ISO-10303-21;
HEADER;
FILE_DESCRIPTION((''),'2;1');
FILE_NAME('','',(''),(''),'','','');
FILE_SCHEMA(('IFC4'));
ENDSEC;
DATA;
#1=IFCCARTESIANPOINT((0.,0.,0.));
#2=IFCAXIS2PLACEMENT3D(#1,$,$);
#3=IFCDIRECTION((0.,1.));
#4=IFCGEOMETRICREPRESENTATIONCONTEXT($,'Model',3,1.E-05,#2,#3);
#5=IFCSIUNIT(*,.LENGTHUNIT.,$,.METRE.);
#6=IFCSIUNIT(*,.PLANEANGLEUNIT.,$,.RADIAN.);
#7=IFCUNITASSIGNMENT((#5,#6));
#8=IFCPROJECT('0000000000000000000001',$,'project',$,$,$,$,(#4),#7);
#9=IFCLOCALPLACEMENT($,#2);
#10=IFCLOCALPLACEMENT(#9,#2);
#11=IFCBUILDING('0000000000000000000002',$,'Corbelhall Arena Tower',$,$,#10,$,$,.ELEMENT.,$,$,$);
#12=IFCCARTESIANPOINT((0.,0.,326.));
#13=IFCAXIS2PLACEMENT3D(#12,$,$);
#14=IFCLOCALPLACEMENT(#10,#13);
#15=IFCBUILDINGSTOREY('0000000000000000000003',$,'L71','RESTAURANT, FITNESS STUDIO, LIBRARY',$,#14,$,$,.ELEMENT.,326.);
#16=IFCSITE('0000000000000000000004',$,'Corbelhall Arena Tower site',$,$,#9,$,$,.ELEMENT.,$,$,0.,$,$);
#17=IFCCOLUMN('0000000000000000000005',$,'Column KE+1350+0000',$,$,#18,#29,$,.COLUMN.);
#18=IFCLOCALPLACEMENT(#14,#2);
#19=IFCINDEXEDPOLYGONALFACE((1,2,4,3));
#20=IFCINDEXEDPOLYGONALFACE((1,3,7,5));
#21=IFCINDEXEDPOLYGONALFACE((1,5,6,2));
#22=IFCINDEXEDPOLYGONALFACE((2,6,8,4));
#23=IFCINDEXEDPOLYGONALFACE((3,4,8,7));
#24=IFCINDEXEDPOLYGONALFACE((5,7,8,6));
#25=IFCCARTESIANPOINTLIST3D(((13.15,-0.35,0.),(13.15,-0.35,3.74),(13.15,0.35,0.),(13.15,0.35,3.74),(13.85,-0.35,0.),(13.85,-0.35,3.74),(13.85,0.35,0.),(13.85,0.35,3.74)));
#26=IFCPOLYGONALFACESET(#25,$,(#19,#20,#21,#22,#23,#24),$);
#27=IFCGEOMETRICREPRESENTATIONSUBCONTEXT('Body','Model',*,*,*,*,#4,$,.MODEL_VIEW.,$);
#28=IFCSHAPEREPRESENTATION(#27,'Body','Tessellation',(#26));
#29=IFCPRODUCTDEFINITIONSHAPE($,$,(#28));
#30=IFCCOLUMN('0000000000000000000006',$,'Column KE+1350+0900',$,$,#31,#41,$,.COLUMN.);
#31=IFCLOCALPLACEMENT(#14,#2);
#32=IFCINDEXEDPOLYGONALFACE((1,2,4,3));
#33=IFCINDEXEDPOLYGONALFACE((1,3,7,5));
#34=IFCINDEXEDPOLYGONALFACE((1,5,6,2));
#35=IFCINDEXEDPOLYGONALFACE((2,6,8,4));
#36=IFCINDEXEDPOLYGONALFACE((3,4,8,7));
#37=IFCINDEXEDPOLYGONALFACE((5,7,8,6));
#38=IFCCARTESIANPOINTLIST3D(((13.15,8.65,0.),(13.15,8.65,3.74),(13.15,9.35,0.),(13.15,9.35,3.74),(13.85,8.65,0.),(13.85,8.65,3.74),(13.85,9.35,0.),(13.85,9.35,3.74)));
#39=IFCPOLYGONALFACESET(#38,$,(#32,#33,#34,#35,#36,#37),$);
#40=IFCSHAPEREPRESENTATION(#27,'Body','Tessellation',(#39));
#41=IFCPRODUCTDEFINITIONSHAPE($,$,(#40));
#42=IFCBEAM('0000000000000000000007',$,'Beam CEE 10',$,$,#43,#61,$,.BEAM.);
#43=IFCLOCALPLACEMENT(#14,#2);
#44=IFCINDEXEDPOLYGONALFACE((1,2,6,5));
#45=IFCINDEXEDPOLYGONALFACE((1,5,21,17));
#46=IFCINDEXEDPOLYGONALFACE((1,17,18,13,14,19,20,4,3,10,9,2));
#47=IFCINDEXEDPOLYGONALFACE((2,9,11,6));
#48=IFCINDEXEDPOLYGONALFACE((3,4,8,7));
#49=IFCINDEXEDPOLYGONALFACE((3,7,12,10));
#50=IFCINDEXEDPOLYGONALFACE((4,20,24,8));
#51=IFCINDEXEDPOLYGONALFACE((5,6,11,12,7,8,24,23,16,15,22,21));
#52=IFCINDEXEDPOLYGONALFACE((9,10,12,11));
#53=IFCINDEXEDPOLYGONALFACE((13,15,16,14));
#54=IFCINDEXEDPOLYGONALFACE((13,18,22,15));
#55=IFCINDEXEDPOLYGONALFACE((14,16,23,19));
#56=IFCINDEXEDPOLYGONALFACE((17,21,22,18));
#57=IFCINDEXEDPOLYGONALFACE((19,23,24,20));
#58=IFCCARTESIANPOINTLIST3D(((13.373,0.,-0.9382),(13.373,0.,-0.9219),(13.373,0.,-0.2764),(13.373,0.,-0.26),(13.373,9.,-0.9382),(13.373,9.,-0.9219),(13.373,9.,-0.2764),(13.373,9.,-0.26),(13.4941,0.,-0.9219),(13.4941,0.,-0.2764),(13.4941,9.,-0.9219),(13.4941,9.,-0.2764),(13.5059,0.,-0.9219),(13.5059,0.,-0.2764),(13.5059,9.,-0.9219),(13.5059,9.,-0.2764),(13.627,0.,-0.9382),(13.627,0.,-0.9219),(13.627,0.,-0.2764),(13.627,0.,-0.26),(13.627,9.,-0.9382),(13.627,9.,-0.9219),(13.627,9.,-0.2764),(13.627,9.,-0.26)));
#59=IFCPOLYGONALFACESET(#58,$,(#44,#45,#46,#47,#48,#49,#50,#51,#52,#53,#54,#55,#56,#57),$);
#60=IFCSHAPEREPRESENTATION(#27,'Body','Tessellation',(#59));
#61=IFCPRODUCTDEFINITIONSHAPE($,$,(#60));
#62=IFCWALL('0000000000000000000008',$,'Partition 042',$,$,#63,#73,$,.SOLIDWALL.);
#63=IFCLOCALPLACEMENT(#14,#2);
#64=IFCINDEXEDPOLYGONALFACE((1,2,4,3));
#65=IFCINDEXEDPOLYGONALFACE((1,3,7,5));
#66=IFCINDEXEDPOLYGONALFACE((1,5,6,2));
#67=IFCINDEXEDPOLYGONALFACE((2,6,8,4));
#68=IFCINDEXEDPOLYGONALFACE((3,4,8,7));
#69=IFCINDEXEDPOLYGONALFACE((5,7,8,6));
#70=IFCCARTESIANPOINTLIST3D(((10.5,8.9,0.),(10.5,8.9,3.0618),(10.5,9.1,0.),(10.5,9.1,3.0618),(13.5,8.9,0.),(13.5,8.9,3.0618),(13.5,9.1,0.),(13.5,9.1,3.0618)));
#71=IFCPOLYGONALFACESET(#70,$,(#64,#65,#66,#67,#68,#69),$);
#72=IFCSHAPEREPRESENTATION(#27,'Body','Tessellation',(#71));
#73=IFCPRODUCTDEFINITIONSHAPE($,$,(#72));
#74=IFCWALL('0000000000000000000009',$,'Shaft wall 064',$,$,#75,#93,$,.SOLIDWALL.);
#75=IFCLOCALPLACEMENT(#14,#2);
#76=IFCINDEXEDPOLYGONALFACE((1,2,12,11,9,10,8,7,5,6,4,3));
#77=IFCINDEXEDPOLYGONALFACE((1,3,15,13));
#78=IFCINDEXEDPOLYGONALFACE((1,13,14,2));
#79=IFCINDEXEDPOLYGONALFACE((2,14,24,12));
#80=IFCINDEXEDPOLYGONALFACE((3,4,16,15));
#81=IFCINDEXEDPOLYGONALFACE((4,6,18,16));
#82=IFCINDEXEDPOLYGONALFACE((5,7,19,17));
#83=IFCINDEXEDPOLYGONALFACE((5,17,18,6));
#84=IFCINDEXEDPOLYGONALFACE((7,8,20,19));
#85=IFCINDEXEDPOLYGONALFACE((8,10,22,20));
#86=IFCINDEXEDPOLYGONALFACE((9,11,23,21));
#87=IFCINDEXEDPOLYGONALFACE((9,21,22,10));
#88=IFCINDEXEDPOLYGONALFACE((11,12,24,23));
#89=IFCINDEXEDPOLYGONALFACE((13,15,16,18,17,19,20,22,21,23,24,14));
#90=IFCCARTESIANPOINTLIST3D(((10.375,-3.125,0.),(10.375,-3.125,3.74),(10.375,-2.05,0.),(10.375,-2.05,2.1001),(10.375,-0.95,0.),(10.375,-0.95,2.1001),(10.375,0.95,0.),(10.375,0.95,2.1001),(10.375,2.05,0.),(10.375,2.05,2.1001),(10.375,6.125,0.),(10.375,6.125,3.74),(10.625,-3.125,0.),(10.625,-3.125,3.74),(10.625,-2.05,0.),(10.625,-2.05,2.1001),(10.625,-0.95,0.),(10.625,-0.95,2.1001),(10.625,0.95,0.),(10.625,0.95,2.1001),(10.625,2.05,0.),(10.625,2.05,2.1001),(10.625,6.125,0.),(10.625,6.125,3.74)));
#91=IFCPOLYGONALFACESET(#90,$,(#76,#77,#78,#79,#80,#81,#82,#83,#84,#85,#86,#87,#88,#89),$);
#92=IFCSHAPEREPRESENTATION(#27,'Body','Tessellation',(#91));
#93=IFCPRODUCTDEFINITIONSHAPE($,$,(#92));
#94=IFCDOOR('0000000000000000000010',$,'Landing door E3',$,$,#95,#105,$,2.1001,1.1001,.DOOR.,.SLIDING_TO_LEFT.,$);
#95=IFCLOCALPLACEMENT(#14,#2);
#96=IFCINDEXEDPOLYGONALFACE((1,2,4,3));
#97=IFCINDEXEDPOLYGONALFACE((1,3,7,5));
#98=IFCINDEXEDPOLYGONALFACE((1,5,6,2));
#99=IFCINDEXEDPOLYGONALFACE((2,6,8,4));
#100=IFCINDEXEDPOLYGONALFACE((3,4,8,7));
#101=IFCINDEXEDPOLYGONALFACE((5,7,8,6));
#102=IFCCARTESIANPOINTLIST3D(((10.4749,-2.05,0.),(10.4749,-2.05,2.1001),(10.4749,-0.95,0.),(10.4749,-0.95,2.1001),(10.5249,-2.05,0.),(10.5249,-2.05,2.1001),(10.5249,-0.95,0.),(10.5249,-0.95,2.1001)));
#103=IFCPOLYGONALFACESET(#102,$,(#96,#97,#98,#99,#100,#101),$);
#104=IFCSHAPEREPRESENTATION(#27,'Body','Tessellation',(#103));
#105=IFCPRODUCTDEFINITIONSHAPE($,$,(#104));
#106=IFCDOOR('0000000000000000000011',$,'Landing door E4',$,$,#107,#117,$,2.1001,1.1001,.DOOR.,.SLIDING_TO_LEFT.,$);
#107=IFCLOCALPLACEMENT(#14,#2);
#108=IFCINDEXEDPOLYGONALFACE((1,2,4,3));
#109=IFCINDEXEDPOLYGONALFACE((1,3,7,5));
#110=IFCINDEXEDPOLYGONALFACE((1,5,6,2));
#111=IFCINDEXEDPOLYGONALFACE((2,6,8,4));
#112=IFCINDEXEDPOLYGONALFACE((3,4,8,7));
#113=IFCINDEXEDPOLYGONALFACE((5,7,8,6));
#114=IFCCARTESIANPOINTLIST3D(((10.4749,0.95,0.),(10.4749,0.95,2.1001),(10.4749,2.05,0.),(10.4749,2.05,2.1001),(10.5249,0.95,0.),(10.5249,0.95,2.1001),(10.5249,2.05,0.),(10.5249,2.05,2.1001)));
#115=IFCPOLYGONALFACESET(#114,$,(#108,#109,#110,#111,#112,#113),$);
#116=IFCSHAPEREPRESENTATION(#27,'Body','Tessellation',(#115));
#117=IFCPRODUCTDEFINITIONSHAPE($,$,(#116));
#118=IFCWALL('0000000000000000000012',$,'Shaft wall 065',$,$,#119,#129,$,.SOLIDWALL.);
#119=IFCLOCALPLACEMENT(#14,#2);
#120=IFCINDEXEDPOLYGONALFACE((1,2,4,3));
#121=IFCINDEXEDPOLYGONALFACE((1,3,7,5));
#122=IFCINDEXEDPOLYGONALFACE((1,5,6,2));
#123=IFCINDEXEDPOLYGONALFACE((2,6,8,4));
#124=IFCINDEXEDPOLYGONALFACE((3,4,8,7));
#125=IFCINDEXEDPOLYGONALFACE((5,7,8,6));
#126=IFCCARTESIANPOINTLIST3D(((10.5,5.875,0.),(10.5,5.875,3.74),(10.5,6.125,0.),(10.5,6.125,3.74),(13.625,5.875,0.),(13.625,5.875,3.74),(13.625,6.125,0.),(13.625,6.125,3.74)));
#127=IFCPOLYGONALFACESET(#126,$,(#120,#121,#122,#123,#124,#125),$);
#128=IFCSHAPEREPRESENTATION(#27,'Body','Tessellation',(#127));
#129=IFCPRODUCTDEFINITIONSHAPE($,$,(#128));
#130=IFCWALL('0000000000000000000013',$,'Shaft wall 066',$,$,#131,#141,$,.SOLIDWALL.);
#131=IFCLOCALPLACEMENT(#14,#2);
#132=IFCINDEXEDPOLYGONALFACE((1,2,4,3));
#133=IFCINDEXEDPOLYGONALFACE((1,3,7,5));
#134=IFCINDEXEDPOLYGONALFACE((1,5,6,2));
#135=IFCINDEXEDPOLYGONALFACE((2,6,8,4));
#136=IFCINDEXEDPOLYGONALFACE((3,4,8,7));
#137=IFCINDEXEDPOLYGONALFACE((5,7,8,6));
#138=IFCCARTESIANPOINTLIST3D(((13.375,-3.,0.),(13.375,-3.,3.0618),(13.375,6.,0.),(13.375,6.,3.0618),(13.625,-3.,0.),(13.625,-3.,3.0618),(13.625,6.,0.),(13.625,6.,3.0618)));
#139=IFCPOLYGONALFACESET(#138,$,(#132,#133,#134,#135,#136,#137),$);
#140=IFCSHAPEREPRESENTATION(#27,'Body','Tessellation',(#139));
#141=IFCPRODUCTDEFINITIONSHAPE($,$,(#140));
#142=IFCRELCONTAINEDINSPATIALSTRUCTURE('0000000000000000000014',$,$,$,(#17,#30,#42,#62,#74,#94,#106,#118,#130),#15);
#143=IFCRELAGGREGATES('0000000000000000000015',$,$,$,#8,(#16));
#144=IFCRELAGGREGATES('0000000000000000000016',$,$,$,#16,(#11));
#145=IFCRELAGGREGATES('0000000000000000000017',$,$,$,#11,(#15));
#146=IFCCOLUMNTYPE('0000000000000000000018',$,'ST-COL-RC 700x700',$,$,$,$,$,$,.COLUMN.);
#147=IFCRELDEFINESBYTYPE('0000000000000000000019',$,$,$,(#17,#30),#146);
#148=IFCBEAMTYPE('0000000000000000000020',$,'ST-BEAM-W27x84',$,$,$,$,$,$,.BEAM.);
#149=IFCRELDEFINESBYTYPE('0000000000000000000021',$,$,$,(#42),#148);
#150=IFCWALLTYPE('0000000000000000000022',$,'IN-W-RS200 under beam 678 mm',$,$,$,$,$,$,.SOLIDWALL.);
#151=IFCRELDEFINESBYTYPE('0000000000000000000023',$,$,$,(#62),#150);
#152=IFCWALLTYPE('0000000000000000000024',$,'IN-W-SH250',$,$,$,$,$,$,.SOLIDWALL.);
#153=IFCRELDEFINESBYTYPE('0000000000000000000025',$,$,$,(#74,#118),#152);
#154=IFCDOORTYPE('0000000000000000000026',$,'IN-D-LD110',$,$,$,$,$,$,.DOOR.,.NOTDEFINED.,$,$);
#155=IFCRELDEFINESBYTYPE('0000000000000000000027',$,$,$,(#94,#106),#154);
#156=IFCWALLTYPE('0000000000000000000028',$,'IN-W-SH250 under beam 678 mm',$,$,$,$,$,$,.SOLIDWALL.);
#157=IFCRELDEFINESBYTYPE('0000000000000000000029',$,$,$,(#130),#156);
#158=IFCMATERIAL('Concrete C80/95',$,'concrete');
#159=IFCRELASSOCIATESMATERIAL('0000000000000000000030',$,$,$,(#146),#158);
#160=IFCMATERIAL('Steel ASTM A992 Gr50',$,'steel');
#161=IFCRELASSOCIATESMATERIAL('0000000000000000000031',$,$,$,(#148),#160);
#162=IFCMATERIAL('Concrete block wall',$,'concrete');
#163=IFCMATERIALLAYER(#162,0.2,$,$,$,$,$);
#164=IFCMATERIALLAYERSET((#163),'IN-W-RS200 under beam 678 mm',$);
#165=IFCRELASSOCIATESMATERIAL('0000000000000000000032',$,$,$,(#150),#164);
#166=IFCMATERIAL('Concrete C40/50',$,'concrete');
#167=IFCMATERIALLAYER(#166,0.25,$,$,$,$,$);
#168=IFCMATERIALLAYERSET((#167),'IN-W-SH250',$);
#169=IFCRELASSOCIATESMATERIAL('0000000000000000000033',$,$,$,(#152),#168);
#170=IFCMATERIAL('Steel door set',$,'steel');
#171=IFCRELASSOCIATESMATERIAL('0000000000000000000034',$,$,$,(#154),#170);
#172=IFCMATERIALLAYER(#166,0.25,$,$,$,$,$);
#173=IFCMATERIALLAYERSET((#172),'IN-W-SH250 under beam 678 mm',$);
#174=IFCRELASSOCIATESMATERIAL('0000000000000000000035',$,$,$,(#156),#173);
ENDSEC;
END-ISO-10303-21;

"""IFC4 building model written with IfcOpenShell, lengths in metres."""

from ifc_helpers import new_model, si_unit, direction, frame, frame_2d, origin, origin_2d, place, context, subcontext, project, spatial, rectangle, i_section, extrude, material, layer, layer_set, material_profile, profile_set, type_object, element, fill, save


model = new_model("IFC4")

# Units and contexts
model_context = context("Model", 3, precision=1e-05, world=origin(), true_north=direction((0.0, 1.0)))
body_context = subcontext(model_context, "Body", "Model", "MODEL_VIEW")
ifc_project = project(units=[si_unit("LENGTHUNIT", "METRE"), si_unit("PLANEANGLEUNIT", "RADIAN")], contexts=[model_context])

# Site, building, storey
site_placement = place(None, origin())
site = spatial("IfcSite", under=ifc_project, at=site_placement, Name="Corbelhall Arena Tower site", CompositionType="ELEMENT", RefElevation=0.0)
building_placement = place(site_placement, origin())
building = spatial("IfcBuilding", under=site, at=building_placement, Name="Corbelhall Arena Tower", CompositionType="ELEMENT")
storey_placement = place(building_placement, frame((0.0, 0.0, 326.0)))
storey = spatial("IfcBuildingStorey", under=building, at=storey_placement, Name="L71", Description="RESTAURANT, FITNESS STUDIO, LIBRARY", CompositionType="ELEMENT", Elevation=326.0)

# Columns
ifc_material_1 = material(Name="Concrete C80/95", Category="concrete")
ifc_material_profile_1 = material_profile(ifc_material_1, rectangle(XDim=0.7, YDim=0.7, at=origin_2d()))
ifc_profile_set_1 = profile_set([ifc_material_profile_1], Name="Concrete C80/95")
column_type = type_object("IfcColumnType", Name="ST-COL-RC 700x700", PredefinedType="COLUMN", material=ifc_profile_set_1)
for number, where, z_axis, x_axis, name in (
    (1, (13.5, 0.0, 0.0), (0.0, 0.0, 1.0), (1.0, 0.0, 0.0), "Column KE+1350+0000"),
    (2, (13.5, 9.0, 0.0), (0.0, 0.0, 1.0), (1.0, 0.0, 0.0), "Column KE+1350+0900"),
):
    element("IfcColumn", number, at=place(storey_placement, frame(where, z_axis=z_axis, x_axis=x_axis)), inside=storey, type_object=column_type, Name=name, PredefinedType="COLUMN", context=body_context, shape_type="SweptSolid", body=[
        extrude(rectangle(XDim=0.7, YDim=0.7, at=origin_2d()), origin(), (0.0, 0.0, 1.0), 3.74),
    ])

# Beam
ifc_material_2 = material(Name="Steel ASTM A992 Gr50", Category="steel")
ifc_material_profile_2 = material_profile(ifc_material_2, i_section(OverallWidth=0.2539, OverallDepth=0.6782, WebThickness=0.0117, FlangeThickness=0.0164, at=origin_2d()))
ifc_profile_set_2 = profile_set([ifc_material_profile_2], Name="Steel ASTM A992 Gr50")
beam_type = type_object("IfcBeamType", Name="ST-BEAM-W27x84", PredefinedType="BEAM", material=ifc_profile_set_2)
beam_placement = place(storey_placement, frame((13.5, 0.0, -0.5991), z_axis=(0.0, 1.0, 0.0), x_axis=(-1.0, 0.0, 0.0)))
element("IfcBeam", 3, at=beam_placement, inside=storey, type_object=beam_type, Name="Beam CEE 10", PredefinedType="BEAM", context=body_context, shape_type="SweptSolid", body=[
    extrude(i_section(OverallWidth=0.2539, OverallDepth=0.6782, WebThickness=0.0117, FlangeThickness=0.0164, at=origin_2d()), origin(), (0.0, 0.0, 1.0), 9.0),
])

# Shared definitions
ifc_material_3 = material(Name="Steel door set", Category="steel")

# Wall
ifc_material_4 = material(Name="Concrete block wall", Category="concrete")
ifc_layer_1 = layer(ifc_material_4, 0.2)
ifc_layer_set_1 = layer_set([ifc_layer_1], Name="IN-W-RS200 under beam 678 mm")
wall_type_1 = type_object("IfcWallType", Name="IN-W-RS200 under beam 678 mm", PredefinedType="SOLIDWALL", material=ifc_layer_set_1)
wall_1_placement = place(storey_placement, frame((10.5, 9.0, 0.0), z_axis=(0.0, 0.0, 1.0), x_axis=(1.0, 0.0, 0.0)))
element("IfcWall", 4, at=wall_1_placement, inside=storey, type_object=wall_type_1, Name="Partition 042", PredefinedType="SOLIDWALL", context=body_context, shape_type="SweptSolid", body=[
    extrude(rectangle(XDim=3.0, YDim=0.2, at=frame_2d((1.5, 0.0))), origin(), (0.0, 0.0, 1.0), 3.0618),
])

# Wall, openings, doors
ifc_material_5 = material(Name="Concrete C40/50", Category="concrete")
ifc_layer_2 = layer(ifc_material_5, 0.25)
ifc_layer_set_2 = layer_set([ifc_layer_2], Name="IN-W-SH250")
wall_type_2 = type_object("IfcWallType", Name="IN-W-SH250", PredefinedType="SOLIDWALL", material=ifc_layer_set_2)
wall_2_placement = place(storey_placement, frame((10.5, 6.125, 0.0), z_axis=(0.0, 0.0, 1.0), x_axis=(0.0, -1.0, 0.0)))
wall_2 = element("IfcWall", 5, at=wall_2_placement, inside=storey, type_object=wall_type_2, Name="Shaft wall 064", PredefinedType="SOLIDWALL", context=body_context, shape_type="SweptSolid", body=[
    extrude(rectangle(XDim=9.25, YDim=0.25, at=frame_2d((4.625, 0.0))), origin(), (0.0, 0.0, 1.0), 3.74),
])
opening_1_placement = place(wall_2_placement, frame((7.075, 0.0, 0.0)))
opening_1 = element("IfcOpeningElement", 6, at=opening_1_placement, cuts=wall_2, PredefinedType="OPENING", context=body_context, shape_type="SweptSolid", body=[
    extrude(rectangle(XDim=1.1001, YDim=2.1001, at=frame_2d((0.55, 1.05))), frame((0.0, 0.125, 0.0), z_axis=(0.0, -1.0, 0.0), x_axis=(1.0, 0.0, 0.0)), (0.0, 0.0, 1.0), 0.25),
])
opening_2_placement = place(wall_2_placement, frame((4.075, 0.0, 0.0)))
opening_2 = element("IfcOpeningElement", 7, at=opening_2_placement, cuts=wall_2, PredefinedType="OPENING", context=body_context, shape_type="SweptSolid", body=[
    extrude(rectangle(XDim=1.1001, YDim=2.1001, at=frame_2d((0.55, 1.05))), frame((0.0, 0.125, 0.0), z_axis=(0.0, -1.0, 0.0), x_axis=(1.0, 0.0, 0.0)), (0.0, 0.0, 1.0), 0.25),
])
door_type_1 = type_object("IfcDoorType", Name="IN-D-LD110", OperationType="NOTDEFINED", PredefinedType="DOOR", material=ifc_material_3)
door_1_placement = place(opening_1_placement, origin())
door_1 = element("IfcDoor", 8, at=door_1_placement, inside=storey, type_object=door_type_1, Name="Landing door E3", OperationType="SLIDING_TO_LEFT", OverallHeight=2.1001, OverallWidth=1.1001, PredefinedType="DOOR", context=body_context, shape_type="SweptSolid", body=[
    extrude(rectangle(XDim=1.1001, YDim=2.1001, at=frame_2d((0.55, 1.05))), frame((0.0, 0.0249, 0.0), z_axis=(0.0, -1.0, 0.0), x_axis=(1.0, 0.0, 0.0)), (0.0, 0.0, 1.0), 0.05),
])
fill(opening_1, door_1)
door_2_placement = place(opening_2_placement, origin())
door_2 = element("IfcDoor", 9, at=door_2_placement, inside=storey, type_object=door_type_1, Name="Landing door E4", OperationType="SLIDING_TO_LEFT", OverallHeight=2.1001, OverallWidth=1.1001, PredefinedType="DOOR", context=body_context, shape_type="SweptSolid", body=[
    extrude(rectangle(XDim=1.1001, YDim=2.1001, at=frame_2d((0.55, 1.05))), frame((0.0, 0.0249, 0.0), z_axis=(0.0, -1.0, 0.0), x_axis=(1.0, 0.0, 0.0)), (0.0, 0.0, 1.0), 0.05),
])
fill(opening_2, door_2)

# Walls
wall_3_placement = place(storey_placement, frame((10.5, 6.0, 0.0), z_axis=(0.0, 0.0, 1.0), x_axis=(1.0, 0.0, 0.0)))
element("IfcWall", 10, at=wall_3_placement, inside=storey, type_object=wall_type_2, Name="Shaft wall 065", PredefinedType="SOLIDWALL", context=body_context, shape_type="SweptSolid", body=[
    extrude(rectangle(XDim=3.125, YDim=0.25, at=frame_2d((1.5625, 0.0))), origin(), (0.0, 0.0, 1.0), 3.74),
])
ifc_layer_3 = layer(ifc_material_5, 0.25)
ifc_layer_set_3 = layer_set([ifc_layer_3], Name="IN-W-SH250 under beam 678 mm")
wall_type_3 = type_object("IfcWallType", Name="IN-W-SH250 under beam 678 mm", PredefinedType="SOLIDWALL", material=ifc_layer_set_3)
wall_4_placement = place(storey_placement, frame((13.5, 6.0, 0.0), z_axis=(0.0, 0.0, 1.0), x_axis=(0.0, -1.0, 0.0)))
element("IfcWall", 11, at=wall_4_placement, inside=storey, type_object=wall_type_3, Name="Shaft wall 066", PredefinedType="SOLIDWALL", context=body_context, shape_type="SweptSolid", body=[
    extrude(rectangle(XDim=9.0, YDim=0.25, at=frame_2d((4.5, 0.0))), origin(), (0.0, 0.0, 1.0), 3.0618),
])

save(model, "model.ifc")
